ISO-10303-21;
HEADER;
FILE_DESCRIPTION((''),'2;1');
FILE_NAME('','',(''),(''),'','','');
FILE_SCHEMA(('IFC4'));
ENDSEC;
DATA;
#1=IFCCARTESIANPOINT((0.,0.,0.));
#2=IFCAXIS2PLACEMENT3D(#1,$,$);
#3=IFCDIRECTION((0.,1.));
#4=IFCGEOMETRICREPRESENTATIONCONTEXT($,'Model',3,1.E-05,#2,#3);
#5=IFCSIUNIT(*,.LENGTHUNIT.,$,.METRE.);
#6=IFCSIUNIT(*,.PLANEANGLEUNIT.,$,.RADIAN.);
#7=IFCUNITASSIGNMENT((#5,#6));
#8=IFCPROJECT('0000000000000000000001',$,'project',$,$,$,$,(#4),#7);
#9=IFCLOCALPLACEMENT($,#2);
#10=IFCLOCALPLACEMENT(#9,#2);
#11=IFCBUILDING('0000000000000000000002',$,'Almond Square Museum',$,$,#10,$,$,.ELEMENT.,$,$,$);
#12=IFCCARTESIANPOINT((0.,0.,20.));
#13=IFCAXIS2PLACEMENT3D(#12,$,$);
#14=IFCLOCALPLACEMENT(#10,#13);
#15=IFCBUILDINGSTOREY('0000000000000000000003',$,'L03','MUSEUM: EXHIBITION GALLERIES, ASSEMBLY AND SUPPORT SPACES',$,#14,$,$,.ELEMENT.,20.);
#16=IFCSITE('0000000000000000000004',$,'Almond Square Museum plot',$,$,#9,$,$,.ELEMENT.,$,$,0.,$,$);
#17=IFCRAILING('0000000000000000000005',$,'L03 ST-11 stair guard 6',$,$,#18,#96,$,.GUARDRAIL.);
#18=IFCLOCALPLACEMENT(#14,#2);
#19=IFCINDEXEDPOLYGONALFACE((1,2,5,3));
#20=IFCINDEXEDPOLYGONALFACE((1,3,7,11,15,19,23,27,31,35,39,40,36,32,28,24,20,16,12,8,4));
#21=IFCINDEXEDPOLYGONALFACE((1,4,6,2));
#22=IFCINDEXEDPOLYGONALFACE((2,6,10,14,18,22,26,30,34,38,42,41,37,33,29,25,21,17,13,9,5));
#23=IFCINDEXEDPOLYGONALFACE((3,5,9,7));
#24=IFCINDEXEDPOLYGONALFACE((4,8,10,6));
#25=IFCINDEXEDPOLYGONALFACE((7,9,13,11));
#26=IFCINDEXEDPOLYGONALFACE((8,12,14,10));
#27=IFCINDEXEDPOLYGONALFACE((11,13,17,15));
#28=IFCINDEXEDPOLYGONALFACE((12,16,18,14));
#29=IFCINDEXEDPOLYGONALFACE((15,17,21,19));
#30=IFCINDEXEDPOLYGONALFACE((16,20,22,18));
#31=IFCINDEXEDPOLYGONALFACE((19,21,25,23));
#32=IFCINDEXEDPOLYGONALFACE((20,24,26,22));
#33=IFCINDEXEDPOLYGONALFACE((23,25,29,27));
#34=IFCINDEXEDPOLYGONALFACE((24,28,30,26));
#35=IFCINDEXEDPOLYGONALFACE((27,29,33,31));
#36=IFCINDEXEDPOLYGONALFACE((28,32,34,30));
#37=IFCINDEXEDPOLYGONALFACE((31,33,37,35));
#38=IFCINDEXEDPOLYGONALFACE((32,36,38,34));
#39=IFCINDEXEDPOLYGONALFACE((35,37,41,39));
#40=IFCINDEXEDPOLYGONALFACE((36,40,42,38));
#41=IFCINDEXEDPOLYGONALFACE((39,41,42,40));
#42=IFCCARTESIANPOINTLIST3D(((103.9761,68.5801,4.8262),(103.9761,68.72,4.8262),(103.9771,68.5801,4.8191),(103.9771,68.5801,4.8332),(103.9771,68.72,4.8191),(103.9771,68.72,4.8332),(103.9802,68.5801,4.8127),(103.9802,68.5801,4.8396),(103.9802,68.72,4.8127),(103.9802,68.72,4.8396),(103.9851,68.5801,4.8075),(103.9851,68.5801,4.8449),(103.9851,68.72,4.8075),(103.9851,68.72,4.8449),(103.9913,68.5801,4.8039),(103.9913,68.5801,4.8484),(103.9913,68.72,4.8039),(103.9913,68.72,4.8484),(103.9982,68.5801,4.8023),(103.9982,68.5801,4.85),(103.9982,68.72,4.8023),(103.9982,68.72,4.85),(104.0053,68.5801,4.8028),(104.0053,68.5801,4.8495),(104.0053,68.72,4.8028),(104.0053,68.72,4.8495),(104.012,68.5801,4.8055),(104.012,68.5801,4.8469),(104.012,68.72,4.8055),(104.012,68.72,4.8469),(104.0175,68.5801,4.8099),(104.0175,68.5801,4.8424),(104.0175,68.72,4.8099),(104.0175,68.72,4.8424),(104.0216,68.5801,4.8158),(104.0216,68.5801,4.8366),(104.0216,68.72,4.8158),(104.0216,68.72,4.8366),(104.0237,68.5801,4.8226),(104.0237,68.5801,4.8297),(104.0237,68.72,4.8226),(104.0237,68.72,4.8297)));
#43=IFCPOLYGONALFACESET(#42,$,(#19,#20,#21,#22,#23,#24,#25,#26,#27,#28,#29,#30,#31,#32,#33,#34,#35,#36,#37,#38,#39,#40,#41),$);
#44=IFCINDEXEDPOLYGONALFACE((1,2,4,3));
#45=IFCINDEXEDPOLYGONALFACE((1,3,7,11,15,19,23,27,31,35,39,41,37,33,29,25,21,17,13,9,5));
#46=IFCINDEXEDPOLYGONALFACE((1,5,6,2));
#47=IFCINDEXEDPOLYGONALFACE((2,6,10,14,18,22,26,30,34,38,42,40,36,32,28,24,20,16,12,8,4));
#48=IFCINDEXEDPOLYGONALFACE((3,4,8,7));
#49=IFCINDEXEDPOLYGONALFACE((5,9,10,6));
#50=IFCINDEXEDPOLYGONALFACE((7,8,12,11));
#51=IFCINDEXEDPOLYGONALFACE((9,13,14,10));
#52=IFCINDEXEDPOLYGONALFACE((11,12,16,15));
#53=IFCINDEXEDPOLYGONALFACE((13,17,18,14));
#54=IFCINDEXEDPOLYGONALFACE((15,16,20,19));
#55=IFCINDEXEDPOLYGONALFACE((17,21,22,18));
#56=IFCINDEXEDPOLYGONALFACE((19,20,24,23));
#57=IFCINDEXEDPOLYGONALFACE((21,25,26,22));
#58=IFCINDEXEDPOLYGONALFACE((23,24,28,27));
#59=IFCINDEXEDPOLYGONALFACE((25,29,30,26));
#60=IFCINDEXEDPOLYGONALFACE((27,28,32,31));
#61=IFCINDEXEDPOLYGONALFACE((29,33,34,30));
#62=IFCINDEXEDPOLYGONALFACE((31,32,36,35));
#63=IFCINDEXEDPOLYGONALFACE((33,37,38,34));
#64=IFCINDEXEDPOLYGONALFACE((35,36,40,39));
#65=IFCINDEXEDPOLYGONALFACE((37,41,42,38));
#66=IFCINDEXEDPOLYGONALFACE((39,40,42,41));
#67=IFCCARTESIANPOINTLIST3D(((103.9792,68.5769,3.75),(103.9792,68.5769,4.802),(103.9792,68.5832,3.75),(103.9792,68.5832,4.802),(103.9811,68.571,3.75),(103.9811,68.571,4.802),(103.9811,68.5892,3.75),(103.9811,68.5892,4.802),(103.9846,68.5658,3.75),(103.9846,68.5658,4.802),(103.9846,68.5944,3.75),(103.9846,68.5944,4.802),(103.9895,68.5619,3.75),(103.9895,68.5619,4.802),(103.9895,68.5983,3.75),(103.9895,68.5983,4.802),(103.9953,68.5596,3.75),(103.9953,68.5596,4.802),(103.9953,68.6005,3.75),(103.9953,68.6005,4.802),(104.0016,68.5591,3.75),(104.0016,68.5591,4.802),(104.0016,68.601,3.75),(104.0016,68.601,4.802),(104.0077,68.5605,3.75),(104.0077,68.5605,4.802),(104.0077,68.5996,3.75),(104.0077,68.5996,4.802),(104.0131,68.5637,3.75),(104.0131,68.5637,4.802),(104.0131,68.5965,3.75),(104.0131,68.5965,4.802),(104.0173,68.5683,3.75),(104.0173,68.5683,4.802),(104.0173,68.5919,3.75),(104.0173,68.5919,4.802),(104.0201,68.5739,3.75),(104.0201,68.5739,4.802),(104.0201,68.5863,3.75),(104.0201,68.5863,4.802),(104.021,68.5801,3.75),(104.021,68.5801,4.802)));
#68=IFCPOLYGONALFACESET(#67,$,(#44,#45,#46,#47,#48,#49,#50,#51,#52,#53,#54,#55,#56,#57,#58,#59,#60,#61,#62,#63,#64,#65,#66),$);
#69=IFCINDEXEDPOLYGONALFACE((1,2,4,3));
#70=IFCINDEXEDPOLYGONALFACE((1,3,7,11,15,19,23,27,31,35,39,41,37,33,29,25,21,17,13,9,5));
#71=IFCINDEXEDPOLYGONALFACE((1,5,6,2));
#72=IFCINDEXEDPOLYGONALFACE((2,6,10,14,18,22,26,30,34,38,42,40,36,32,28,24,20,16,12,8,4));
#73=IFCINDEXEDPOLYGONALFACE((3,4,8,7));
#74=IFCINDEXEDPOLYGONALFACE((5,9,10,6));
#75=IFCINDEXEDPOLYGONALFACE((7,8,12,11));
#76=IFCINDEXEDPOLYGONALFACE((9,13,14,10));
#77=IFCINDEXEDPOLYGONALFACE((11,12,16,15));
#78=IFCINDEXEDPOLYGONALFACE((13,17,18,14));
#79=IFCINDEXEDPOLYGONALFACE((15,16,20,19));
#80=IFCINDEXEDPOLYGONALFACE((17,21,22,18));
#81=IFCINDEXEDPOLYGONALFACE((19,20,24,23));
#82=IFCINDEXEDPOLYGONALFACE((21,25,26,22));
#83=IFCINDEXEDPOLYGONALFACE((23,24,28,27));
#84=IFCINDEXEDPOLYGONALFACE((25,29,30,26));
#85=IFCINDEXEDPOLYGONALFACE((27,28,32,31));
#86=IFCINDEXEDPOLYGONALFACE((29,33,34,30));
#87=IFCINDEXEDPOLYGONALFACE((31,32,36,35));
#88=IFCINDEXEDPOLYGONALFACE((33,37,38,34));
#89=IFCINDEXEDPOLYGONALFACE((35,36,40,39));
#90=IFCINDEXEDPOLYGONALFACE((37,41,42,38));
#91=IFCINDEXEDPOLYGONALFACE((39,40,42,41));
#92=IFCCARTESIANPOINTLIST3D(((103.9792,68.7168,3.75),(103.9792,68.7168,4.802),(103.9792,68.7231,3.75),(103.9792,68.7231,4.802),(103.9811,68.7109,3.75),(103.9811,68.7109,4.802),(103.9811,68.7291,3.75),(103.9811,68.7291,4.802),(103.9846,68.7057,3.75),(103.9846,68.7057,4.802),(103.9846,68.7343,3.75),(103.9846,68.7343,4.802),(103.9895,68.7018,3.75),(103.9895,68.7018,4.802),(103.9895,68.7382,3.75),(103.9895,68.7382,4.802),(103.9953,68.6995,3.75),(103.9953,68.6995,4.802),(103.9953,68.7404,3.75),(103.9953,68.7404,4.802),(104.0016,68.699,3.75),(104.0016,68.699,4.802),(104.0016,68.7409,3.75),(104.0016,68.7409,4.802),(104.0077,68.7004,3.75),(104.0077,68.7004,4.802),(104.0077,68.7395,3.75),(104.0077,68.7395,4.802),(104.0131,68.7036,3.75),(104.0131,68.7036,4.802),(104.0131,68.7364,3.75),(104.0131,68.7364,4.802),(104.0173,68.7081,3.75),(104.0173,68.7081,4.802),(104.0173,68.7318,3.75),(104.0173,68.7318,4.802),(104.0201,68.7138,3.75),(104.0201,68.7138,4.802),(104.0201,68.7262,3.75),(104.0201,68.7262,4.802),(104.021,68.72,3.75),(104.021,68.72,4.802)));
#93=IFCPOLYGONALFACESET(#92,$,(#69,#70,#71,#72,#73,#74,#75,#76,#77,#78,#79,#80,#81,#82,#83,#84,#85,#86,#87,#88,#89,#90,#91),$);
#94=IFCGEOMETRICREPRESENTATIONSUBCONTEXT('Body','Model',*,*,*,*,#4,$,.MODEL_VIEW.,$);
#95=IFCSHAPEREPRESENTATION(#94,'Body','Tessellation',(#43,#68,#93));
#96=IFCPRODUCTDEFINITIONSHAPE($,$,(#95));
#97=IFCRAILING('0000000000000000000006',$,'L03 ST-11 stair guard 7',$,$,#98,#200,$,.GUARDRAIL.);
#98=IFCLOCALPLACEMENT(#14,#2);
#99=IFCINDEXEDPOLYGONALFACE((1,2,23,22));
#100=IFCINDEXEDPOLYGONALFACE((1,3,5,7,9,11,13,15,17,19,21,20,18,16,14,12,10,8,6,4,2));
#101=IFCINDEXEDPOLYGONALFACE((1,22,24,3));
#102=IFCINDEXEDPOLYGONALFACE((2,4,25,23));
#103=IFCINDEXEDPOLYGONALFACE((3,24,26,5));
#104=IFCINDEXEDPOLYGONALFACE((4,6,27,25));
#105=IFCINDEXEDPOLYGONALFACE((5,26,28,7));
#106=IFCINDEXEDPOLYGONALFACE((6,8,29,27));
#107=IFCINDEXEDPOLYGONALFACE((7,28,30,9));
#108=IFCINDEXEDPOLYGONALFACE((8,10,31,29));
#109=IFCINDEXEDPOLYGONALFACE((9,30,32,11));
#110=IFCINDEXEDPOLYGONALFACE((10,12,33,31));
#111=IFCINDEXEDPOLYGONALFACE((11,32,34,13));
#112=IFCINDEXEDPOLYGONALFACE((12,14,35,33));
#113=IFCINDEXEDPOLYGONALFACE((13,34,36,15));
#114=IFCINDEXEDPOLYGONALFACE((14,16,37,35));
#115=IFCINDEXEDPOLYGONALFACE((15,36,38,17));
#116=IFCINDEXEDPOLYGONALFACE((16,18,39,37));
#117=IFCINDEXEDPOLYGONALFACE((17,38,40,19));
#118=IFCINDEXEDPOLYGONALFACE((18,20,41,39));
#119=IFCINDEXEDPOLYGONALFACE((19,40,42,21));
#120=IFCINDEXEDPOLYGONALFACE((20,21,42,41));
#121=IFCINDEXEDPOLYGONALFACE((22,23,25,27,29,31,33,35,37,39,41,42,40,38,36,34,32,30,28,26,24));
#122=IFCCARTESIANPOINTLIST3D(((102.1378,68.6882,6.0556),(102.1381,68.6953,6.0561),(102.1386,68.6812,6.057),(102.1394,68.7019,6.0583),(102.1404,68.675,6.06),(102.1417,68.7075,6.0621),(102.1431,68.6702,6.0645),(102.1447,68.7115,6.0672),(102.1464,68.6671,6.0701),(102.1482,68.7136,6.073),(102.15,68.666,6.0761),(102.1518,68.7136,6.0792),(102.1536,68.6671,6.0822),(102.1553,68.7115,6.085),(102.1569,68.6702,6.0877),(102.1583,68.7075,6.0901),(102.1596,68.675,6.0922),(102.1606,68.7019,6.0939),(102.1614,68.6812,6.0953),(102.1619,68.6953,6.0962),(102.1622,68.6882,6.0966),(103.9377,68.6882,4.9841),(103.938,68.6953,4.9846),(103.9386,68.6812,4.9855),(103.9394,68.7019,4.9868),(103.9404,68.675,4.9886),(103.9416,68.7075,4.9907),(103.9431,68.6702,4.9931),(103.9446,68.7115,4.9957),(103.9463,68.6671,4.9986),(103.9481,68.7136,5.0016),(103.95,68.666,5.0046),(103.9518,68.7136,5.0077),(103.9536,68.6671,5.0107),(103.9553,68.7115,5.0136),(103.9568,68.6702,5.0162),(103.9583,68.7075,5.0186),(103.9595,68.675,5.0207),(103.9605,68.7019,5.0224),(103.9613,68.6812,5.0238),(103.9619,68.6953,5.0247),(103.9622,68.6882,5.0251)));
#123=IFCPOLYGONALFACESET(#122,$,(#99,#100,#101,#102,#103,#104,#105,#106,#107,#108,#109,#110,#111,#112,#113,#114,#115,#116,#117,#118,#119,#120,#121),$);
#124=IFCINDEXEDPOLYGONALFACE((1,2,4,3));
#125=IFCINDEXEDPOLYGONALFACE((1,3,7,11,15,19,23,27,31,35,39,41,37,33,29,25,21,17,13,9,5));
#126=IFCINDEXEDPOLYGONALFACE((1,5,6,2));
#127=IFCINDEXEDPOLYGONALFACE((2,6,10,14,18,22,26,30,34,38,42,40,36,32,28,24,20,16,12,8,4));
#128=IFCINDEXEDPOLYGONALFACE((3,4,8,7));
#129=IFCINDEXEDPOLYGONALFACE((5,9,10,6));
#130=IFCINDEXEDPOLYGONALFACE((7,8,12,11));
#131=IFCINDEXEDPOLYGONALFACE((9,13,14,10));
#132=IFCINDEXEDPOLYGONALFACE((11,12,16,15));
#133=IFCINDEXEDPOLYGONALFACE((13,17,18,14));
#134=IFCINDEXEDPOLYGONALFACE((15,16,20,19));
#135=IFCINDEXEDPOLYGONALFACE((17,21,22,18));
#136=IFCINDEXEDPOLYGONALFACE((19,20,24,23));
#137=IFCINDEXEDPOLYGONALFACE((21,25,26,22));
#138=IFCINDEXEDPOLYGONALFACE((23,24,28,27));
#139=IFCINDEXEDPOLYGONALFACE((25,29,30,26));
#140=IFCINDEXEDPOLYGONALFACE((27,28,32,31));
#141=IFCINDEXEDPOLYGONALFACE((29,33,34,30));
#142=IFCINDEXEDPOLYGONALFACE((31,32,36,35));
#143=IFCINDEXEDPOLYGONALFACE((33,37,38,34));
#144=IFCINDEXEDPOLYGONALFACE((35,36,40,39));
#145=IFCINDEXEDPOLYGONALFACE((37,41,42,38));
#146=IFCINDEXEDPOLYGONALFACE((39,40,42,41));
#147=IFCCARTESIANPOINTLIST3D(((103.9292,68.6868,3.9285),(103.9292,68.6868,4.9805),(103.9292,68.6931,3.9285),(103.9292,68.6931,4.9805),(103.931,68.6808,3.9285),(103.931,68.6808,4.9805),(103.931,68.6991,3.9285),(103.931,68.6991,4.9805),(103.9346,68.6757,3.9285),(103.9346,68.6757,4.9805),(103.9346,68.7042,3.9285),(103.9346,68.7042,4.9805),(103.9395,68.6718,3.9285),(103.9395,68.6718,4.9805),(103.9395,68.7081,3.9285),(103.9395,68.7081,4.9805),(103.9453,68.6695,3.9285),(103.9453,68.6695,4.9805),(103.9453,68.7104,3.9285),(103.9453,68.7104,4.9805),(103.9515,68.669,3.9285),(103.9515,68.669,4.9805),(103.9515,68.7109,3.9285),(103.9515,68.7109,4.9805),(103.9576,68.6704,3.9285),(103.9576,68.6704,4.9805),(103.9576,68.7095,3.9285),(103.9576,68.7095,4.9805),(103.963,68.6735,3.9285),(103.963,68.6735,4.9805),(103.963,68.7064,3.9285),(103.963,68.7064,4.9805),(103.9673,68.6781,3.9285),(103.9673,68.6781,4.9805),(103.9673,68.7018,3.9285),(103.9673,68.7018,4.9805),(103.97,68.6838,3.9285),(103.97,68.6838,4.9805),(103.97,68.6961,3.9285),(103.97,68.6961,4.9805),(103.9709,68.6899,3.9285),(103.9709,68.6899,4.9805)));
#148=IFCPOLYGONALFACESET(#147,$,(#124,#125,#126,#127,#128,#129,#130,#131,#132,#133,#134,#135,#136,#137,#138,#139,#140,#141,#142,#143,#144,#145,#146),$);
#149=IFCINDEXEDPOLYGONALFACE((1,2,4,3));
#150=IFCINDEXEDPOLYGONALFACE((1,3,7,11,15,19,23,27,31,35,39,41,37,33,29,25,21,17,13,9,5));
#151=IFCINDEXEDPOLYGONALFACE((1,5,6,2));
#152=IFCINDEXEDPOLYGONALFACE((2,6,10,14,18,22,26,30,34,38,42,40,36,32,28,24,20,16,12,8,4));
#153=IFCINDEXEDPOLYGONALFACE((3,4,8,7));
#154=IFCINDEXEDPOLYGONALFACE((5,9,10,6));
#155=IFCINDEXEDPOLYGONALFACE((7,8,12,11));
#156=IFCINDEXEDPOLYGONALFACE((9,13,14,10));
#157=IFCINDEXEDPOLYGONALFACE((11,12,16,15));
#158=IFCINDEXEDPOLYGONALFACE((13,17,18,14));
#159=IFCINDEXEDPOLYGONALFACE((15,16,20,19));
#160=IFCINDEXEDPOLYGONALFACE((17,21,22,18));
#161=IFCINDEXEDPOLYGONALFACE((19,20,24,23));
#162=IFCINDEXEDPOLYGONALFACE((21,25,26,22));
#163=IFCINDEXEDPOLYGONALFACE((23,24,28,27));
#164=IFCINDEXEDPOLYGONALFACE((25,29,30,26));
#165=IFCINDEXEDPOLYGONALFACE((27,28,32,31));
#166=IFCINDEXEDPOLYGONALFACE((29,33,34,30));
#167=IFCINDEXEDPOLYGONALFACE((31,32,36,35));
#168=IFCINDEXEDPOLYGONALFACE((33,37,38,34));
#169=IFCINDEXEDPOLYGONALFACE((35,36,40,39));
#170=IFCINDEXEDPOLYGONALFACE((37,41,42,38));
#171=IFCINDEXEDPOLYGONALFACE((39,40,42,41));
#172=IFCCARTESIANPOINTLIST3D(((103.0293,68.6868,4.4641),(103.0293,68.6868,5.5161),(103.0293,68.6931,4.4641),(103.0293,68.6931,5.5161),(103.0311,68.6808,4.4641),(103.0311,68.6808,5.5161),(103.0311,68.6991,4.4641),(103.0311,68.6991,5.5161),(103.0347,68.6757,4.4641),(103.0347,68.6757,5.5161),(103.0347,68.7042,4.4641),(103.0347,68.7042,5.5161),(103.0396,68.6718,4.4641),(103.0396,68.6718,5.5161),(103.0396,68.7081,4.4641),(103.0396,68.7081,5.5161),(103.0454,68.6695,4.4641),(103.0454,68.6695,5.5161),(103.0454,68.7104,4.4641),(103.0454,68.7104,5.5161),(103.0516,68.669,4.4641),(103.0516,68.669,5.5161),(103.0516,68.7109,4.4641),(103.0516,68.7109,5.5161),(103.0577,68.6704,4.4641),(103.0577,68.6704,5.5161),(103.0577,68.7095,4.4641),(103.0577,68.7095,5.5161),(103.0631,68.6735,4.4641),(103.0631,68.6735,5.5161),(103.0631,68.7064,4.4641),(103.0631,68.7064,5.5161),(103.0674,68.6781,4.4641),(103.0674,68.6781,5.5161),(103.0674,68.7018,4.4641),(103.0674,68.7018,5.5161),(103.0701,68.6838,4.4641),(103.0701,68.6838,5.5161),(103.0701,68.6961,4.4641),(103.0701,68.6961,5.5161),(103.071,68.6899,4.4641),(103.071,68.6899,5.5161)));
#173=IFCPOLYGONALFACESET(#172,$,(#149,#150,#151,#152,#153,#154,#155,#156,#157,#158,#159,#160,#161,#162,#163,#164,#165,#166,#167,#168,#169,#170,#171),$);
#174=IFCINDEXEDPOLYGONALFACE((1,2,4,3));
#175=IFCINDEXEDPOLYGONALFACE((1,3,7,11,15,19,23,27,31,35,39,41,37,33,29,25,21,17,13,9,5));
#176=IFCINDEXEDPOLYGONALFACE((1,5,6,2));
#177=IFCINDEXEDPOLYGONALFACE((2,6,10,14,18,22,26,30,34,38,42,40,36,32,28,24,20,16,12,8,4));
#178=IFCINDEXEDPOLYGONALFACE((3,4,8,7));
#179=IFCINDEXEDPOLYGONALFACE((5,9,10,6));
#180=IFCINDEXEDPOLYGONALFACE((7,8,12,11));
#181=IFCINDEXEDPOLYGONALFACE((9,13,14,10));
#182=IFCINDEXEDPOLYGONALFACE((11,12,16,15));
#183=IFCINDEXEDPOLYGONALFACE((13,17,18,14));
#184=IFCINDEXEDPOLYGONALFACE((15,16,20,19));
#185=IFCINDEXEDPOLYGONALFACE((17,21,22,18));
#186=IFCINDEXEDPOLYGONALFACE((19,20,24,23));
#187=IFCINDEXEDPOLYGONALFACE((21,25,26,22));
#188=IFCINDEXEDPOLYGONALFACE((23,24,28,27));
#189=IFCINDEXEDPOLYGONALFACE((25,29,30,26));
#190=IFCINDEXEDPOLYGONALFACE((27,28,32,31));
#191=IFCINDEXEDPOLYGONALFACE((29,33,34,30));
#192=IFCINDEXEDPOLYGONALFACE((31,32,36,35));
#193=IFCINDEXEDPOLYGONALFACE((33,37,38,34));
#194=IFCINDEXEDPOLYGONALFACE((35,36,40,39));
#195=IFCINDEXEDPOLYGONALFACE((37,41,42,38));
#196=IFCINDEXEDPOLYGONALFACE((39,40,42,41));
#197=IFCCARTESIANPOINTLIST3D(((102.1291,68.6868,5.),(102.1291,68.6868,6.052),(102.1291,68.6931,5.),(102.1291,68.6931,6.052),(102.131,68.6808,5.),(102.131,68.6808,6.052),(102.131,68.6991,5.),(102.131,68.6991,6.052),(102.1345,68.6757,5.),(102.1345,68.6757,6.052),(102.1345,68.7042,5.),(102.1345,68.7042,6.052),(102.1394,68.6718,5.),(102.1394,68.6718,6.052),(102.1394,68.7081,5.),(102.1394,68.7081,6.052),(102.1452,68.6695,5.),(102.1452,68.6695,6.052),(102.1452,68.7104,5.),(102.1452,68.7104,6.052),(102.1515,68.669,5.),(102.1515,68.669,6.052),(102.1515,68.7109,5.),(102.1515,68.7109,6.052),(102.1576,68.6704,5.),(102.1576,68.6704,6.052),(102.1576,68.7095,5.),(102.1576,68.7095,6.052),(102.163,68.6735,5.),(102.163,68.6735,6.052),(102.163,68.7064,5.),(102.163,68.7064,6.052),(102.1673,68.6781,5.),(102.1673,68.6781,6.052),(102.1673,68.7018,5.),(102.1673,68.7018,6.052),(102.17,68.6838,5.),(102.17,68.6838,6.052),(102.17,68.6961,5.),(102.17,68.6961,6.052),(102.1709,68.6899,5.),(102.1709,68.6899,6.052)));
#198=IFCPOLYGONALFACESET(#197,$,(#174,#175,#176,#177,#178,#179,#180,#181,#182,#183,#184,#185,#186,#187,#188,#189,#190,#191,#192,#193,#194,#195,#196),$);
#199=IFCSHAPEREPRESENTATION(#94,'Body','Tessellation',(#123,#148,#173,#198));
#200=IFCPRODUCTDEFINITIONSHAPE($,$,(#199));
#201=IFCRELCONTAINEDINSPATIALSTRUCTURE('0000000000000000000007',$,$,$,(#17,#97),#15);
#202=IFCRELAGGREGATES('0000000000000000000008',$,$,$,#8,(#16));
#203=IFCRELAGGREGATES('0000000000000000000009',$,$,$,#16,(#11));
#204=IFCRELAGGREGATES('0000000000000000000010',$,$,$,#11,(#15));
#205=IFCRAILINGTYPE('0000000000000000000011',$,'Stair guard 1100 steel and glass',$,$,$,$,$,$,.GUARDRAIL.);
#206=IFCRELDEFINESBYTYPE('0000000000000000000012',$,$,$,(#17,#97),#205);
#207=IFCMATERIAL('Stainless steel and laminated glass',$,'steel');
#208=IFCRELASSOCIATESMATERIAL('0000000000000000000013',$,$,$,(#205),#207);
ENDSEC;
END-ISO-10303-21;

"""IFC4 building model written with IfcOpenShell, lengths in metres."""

from ifc_helpers import new_model, si_unit, direction, frame, origin, origin_2d, place, context, subcontext, project, spatial, circle, extrude, material, type_object, element, save


model = new_model("IFC4")

# Units and contexts
model_context = context("Model", 3, precision=1e-05, world=origin(), true_north=direction((0.0, 1.0)))
body_context = subcontext(model_context, "Body", "Model", "MODEL_VIEW")
ifc_project = project(units=[si_unit("LENGTHUNIT", "METRE"), si_unit("PLANEANGLEUNIT", "RADIAN")], contexts=[model_context])

# Site, building, storey
site_placement = place(None, origin())
site = spatial("IfcSite", under=ifc_project, at=site_placement, Name="Almond Square Museum plot", CompositionType="ELEMENT", RefElevation=0.0)
building_placement = place(site_placement, origin())
building = spatial("IfcBuilding", under=site, at=building_placement, Name="Almond Square Museum", CompositionType="ELEMENT")
storey_placement = place(building_placement, frame((0.0, 0.0, 20.0)))
storey = spatial("IfcBuildingStorey", under=building, at=storey_placement, Name="L03", Description="MUSEUM: EXHIBITION GALLERIES, ASSEMBLY AND SUPPORT SPACES", CompositionType="ELEMENT", Elevation=20.0)

# Railings
ifc_material_1 = material(Name="Stainless steel and laminated glass", Category="steel")
railing_type_1 = type_object("IfcRailingType", Name="Stair guard 1100 steel and glass", PredefinedType="GUARDRAIL", material=ifc_material_1)
railing_1_placement = place(storey_placement, frame((104.0, 68.5801, 3.75)))
element("IfcRailing", 1, at=railing_1_placement, inside=storey, type_object=railing_type_1, Name="L03 ST-11 stair guard 6", PredefinedType="GUARDRAIL", context=body_context, shape_type="SweptSolid", body=[
    extrude(circle(Radius=0.0239, at=origin_2d()), frame((0.0, 0.0, 1.0762), z_axis=(0.0, 1.0, 0.0), x_axis=(-1.0, 0.0, 0.0)), (0.0, 0.0, 1.0), 0.1399),
    extrude(circle(Radius=0.021, at=origin_2d()), origin(), (0.0, 0.0, 1.0), 1.052),
    extrude(circle(Radius=0.021, at=origin_2d()), frame((0.0, 0.1399, 0.0)), (0.0, 0.0, 1.0), 1.052),
])
railing_2_placement = place(storey_placement, frame((103.95, 68.6899, 3.9285)))
element("IfcRailing", 2, at=railing_2_placement, inside=storey, type_object=railing_type_1, Name="L03 ST-11 stair guard 7", PredefinedType="GUARDRAIL", context=body_context, shape_type="SweptSolid", body=[
    extrude(circle(Radius=0.0239, at=origin_2d()), frame((0.0, 0.0, 1.0762), z_axis=(-0.859277, 0.0, 0.51151), x_axis=(0.0, -1.0, 0.0)), (0.0, 0.0, 1.0), 2.0947),
    extrude(circle(Radius=0.021, at=origin_2d()), origin(), (0.0, 0.0, 1.0), 1.052),
    extrude(circle(Radius=0.021, at=origin_2d()), frame((-0.8999, 0.0, 0.5356)), (0.0, 0.0, 1.0), 1.052),
    extrude(circle(Radius=0.021, at=origin_2d()), frame((-1.8, 0.0, 1.0715)), (0.0, 0.0, 1.0), 1.052),
])

save(model, "model.ifc")
